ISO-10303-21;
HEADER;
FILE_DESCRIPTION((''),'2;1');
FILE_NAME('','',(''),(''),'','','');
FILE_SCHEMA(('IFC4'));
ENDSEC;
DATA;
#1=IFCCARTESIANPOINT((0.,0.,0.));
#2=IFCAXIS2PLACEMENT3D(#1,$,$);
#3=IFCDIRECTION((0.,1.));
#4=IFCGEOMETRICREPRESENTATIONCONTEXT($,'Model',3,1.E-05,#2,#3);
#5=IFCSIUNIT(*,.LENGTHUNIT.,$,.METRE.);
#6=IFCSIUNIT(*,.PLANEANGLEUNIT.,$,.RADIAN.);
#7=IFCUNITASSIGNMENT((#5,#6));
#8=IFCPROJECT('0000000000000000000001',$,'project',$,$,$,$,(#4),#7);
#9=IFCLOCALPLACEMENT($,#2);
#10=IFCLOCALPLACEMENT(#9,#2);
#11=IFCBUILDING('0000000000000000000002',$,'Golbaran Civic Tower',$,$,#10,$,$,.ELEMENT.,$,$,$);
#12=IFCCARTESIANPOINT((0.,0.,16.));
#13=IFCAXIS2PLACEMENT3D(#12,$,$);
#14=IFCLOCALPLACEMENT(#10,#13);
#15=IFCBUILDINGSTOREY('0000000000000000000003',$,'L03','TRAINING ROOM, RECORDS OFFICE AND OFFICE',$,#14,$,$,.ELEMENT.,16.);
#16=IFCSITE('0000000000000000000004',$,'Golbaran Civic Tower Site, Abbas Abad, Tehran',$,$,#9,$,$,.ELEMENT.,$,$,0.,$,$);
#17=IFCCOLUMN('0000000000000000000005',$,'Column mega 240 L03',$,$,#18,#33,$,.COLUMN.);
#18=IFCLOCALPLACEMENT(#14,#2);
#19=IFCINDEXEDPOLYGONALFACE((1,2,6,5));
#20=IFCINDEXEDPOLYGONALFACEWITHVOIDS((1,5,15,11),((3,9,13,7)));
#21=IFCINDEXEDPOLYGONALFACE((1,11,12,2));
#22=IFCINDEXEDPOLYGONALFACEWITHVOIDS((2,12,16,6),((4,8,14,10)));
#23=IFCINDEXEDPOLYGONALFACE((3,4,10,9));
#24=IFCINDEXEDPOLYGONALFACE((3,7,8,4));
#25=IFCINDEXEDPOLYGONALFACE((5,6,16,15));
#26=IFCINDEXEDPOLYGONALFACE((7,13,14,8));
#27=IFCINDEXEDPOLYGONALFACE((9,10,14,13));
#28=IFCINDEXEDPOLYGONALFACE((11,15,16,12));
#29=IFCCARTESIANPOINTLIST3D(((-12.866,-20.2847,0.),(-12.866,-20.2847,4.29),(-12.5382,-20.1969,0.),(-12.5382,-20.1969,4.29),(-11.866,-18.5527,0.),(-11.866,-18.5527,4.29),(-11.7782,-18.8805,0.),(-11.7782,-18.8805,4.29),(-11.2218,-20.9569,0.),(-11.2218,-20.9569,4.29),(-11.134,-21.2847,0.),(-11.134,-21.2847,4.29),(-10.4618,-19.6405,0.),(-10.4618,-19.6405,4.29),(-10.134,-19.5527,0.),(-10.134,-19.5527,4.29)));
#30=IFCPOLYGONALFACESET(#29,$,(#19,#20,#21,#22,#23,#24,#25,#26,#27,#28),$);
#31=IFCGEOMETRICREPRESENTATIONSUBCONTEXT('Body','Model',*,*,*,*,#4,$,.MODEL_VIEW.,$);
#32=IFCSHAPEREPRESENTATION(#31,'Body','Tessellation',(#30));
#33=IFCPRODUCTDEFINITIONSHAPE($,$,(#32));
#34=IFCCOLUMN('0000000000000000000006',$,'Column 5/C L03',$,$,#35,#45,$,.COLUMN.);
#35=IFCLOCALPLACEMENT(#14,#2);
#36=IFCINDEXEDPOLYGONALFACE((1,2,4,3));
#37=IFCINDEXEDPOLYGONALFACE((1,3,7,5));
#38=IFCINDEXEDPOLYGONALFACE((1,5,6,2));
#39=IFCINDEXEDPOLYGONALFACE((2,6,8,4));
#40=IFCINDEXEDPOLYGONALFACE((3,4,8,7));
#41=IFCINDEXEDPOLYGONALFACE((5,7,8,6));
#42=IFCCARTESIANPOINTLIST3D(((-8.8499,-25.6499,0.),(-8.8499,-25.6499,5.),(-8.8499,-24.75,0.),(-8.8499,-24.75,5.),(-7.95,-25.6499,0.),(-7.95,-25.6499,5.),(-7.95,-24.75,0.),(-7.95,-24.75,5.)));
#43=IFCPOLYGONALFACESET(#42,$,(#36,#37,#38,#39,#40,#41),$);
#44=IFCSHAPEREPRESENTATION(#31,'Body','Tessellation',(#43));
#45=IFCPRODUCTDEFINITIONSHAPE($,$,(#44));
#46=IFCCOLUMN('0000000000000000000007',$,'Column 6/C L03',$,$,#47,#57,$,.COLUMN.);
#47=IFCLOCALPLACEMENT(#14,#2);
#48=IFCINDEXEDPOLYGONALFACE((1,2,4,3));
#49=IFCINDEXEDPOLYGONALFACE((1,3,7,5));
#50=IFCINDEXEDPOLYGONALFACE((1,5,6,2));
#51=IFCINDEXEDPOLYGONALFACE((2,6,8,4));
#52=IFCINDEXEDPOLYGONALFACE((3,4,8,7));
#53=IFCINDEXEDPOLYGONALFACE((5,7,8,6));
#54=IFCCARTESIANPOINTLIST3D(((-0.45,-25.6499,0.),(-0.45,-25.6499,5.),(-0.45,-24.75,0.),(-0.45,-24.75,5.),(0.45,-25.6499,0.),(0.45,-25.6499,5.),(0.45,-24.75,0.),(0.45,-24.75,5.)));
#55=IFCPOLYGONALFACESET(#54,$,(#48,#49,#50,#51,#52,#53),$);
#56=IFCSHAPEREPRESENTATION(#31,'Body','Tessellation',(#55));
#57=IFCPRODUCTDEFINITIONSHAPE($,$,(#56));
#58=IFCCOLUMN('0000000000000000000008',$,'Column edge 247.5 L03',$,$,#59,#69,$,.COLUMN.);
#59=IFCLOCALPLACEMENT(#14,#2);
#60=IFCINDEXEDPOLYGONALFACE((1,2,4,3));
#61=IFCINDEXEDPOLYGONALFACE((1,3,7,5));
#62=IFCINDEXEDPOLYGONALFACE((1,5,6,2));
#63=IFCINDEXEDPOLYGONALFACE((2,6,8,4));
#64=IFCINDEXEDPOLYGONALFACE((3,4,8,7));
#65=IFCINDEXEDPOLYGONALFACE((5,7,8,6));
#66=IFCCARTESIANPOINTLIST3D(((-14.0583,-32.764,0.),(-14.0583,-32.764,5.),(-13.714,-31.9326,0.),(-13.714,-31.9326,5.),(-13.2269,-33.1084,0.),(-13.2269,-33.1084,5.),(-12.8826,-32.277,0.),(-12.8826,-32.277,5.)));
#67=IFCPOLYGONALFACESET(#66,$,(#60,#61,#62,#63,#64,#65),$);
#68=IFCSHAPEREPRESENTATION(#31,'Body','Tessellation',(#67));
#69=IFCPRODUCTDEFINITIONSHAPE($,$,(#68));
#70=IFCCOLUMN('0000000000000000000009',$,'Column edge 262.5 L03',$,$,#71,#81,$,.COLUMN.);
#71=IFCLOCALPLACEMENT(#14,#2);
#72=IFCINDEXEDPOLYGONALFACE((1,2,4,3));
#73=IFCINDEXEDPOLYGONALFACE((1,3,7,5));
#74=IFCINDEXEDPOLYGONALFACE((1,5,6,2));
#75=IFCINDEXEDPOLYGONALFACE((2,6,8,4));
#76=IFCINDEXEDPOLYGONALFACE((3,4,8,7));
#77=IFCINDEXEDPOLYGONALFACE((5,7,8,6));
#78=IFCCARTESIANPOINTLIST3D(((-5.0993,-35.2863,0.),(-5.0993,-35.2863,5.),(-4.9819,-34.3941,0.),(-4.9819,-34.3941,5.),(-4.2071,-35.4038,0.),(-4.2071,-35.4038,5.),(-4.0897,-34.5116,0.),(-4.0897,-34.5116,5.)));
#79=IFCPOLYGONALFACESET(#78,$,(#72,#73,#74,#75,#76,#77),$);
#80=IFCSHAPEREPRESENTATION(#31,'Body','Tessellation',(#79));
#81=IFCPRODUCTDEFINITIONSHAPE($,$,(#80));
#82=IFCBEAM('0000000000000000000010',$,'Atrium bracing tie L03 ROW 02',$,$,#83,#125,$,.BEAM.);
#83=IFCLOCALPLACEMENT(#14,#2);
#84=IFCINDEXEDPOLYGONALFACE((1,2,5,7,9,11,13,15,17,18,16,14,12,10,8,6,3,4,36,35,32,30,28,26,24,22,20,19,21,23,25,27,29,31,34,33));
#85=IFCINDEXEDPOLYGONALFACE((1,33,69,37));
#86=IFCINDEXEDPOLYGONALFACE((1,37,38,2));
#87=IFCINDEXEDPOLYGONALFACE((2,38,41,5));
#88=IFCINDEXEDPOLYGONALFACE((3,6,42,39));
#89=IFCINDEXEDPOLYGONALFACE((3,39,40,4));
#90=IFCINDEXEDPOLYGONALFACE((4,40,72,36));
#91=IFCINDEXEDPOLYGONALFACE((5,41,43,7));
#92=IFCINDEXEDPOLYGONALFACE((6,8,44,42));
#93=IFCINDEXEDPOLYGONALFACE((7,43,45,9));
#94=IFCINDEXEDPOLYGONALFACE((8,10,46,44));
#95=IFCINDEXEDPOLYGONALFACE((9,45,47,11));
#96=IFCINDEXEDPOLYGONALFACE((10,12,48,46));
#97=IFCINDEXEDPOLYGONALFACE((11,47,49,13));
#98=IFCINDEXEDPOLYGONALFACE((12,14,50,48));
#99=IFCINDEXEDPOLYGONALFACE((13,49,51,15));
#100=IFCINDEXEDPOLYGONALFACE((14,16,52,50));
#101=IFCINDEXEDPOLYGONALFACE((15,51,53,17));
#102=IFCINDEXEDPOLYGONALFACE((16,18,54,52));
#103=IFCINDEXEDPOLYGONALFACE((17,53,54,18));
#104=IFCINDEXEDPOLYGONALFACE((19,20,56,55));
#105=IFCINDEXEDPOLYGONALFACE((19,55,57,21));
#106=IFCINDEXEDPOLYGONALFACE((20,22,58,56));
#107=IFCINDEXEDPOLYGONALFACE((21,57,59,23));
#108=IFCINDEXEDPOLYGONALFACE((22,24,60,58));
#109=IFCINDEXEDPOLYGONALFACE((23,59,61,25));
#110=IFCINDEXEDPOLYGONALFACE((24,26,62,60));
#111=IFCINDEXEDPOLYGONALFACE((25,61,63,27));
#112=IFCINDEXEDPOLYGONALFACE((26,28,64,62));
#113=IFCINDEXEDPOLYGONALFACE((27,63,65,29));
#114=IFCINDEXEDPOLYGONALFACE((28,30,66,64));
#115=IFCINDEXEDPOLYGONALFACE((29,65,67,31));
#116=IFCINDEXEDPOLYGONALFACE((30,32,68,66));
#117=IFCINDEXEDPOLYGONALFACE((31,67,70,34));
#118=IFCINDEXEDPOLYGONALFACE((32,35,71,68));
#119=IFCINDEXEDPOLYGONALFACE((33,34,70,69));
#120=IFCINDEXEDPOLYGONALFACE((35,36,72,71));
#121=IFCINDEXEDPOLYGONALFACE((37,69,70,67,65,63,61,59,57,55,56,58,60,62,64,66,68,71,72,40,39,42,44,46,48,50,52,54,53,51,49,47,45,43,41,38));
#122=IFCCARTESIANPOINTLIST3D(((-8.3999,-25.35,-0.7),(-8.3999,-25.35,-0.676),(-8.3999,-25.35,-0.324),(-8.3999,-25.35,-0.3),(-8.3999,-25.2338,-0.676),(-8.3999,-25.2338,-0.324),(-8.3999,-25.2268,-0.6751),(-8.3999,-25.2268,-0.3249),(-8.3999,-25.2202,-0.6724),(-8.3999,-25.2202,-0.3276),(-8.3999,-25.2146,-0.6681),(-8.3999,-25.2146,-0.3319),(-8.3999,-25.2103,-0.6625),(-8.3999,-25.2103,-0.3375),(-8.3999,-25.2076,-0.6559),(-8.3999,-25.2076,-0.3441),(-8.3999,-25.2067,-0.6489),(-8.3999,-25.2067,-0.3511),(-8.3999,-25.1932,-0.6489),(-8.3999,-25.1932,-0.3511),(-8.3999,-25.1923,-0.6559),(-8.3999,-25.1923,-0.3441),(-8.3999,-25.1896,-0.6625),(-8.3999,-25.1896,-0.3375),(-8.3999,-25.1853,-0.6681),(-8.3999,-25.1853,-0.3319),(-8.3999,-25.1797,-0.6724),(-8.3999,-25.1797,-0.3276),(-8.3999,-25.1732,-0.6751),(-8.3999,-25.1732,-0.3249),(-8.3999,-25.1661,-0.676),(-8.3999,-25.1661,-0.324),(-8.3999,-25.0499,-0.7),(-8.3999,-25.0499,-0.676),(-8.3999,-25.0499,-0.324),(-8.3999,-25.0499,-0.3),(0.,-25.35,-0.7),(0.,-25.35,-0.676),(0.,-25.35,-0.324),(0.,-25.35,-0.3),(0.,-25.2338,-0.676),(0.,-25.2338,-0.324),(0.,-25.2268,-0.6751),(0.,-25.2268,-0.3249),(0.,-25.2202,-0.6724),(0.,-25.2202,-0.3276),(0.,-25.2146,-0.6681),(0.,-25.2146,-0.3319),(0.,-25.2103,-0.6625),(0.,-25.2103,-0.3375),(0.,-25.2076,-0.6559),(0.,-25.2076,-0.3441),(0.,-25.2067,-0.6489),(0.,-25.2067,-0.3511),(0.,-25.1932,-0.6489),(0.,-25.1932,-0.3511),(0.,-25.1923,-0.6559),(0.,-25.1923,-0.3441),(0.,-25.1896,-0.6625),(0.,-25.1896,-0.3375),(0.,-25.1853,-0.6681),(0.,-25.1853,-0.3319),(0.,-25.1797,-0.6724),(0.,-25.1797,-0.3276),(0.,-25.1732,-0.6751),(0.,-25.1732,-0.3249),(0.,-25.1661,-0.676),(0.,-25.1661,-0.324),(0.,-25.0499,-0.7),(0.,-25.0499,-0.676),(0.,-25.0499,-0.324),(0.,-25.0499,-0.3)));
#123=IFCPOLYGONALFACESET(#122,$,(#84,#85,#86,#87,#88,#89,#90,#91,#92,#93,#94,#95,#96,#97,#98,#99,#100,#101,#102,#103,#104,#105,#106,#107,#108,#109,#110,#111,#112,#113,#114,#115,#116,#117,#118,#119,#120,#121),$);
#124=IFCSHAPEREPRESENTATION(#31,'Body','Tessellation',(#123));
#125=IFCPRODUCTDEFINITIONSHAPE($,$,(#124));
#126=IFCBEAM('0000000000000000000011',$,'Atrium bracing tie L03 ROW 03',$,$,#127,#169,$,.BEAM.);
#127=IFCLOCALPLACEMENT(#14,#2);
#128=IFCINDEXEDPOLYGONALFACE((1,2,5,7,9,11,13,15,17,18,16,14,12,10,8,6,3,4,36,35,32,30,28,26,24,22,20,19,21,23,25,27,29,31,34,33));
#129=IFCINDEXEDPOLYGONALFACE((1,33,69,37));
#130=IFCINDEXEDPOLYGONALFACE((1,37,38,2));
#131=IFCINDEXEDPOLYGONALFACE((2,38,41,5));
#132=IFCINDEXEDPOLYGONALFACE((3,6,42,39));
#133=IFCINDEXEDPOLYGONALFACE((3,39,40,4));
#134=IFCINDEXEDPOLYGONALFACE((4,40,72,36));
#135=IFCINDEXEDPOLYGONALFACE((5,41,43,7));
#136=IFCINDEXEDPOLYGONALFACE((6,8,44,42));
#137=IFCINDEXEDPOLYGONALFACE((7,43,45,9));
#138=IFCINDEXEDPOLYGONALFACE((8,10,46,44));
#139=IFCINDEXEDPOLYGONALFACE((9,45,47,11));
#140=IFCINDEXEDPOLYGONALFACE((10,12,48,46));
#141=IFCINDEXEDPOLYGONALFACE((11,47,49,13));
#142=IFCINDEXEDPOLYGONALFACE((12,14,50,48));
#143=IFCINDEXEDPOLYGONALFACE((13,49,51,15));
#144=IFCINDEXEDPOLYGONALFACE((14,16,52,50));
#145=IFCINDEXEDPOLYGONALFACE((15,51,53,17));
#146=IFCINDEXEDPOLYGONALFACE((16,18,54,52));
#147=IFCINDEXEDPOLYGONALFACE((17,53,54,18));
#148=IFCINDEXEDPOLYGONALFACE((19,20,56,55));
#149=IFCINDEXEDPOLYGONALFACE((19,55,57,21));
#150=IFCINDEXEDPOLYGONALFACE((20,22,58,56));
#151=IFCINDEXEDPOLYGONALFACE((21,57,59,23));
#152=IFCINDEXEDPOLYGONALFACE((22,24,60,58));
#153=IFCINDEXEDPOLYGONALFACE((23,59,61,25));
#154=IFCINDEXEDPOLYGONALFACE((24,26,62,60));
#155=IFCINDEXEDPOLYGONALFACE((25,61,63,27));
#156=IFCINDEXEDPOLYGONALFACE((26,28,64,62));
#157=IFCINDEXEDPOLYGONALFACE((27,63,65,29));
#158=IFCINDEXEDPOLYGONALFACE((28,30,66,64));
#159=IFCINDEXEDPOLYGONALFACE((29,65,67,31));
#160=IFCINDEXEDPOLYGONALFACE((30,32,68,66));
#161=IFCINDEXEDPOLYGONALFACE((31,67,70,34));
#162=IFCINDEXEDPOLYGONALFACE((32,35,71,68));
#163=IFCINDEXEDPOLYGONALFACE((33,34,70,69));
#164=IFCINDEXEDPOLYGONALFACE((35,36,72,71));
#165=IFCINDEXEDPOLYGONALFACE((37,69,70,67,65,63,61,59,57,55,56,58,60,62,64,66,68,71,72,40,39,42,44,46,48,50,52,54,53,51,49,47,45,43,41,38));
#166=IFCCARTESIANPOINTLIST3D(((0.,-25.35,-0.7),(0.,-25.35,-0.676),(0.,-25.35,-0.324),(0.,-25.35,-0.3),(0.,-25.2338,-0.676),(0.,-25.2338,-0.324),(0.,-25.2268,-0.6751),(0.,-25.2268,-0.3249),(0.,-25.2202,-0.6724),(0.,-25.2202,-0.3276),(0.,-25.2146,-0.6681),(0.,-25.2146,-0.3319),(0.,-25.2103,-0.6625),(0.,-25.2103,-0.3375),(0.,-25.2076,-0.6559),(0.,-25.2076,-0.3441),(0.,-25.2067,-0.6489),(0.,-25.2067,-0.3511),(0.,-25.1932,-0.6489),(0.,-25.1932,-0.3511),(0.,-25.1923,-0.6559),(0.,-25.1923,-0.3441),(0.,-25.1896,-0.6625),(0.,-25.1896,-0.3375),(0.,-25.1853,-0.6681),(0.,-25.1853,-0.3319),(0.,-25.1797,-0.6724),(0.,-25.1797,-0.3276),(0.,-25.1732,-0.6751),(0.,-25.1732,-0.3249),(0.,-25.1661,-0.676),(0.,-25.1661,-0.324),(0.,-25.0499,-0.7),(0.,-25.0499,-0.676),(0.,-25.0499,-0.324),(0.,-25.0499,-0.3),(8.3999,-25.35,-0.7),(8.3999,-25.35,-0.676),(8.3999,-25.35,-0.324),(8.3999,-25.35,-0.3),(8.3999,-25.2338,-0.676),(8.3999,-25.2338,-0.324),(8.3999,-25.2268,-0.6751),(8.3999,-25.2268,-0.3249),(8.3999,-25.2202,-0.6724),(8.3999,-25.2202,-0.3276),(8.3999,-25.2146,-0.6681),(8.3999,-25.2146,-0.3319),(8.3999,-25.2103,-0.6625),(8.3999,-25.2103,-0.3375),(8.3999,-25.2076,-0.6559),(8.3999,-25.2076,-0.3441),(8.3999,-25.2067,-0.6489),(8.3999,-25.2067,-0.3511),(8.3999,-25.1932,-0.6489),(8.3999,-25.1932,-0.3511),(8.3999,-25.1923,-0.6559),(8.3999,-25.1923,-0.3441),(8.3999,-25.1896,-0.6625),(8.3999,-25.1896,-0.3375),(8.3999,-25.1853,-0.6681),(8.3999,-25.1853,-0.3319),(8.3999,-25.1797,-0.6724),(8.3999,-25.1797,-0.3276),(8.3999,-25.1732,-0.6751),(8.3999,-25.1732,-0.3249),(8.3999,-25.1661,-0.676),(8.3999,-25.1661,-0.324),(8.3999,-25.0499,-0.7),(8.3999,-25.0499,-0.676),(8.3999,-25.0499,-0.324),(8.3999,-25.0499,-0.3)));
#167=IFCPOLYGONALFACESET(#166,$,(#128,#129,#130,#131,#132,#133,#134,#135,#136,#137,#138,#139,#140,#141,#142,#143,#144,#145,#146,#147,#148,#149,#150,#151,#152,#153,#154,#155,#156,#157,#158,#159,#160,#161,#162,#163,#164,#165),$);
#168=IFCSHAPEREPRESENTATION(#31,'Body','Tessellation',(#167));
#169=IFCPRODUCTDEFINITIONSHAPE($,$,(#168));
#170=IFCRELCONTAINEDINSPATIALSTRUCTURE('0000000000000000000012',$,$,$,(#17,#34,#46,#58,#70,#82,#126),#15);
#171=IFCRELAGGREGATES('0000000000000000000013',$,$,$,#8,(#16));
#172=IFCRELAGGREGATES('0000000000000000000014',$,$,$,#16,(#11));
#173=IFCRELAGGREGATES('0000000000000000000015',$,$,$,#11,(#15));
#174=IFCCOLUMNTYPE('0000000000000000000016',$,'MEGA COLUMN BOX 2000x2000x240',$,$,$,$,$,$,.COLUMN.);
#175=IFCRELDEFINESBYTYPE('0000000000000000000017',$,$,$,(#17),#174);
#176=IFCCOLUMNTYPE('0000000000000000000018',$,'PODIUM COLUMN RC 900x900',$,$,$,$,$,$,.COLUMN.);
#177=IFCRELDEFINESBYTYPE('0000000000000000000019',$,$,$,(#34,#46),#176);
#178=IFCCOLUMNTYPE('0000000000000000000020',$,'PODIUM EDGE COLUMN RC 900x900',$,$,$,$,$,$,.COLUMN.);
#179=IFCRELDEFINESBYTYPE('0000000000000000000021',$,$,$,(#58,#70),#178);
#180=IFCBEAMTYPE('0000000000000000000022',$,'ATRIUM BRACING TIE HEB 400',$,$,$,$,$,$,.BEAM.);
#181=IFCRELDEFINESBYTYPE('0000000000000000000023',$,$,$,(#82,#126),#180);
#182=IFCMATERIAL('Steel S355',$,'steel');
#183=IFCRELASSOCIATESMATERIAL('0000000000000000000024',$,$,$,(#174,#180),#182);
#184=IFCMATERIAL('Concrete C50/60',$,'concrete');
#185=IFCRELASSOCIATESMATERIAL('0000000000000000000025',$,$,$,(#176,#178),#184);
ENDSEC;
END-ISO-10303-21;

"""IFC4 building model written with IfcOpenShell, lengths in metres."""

from ifc_helpers import new_model, si_unit, direction, frame, origin, origin_2d, place, context, subcontext, project, spatial, rectangle, hollow_rectangle, i_section, extrude, material, material_profile, profile_set, type_object, element, save


model = new_model("IFC4")

# Units and contexts
model_context = context("Model", 3, precision=1e-05, world=origin(), true_north=direction((0.0, 1.0)))
body_context = subcontext(model_context, "Body", "Model", "MODEL_VIEW")
ifc_project = project(units=[si_unit("LENGTHUNIT", "METRE"), si_unit("PLANEANGLEUNIT", "RADIAN")], contexts=[model_context])

# Site, building, storey
site_placement = place(None, origin())
site = spatial("IfcSite", under=ifc_project, at=site_placement, Name="Golbaran Civic Tower Site, Abbas Abad, Tehran", CompositionType="ELEMENT", RefElevation=0.0)
building_placement = place(site_placement, origin())
building = spatial("IfcBuilding", under=site, at=building_placement, Name="Golbaran Civic Tower", CompositionType="ELEMENT")
storey_placement = place(building_placement, frame((0.0, 0.0, 16.0)))
storey = spatial("IfcBuildingStorey", under=building, at=storey_placement, Name="L03", Description="TRAINING ROOM, RECORDS OFFICE AND OFFICE", CompositionType="ELEMENT", Elevation=16.0)

# Columns
ifc_material_1 = material(Name="Steel S355", Category="steel")
ifc_material_profile_1 = material_profile(ifc_material_1, hollow_rectangle(XDim=2.0, YDim=2.0, WallThickness=0.24, at=origin_2d()), Name="BOX 2000x2000x240")
ifc_profile_set_1 = profile_set([ifc_material_profile_1], Name="Steel S355")
column_type_1 = type_object("IfcColumnType", Name="MEGA COLUMN BOX 2000x2000x240", PredefinedType="COLUMN", material=ifc_profile_set_1)
column_placement = place(storey_placement, frame((-11.5, -19.9187, 0.0), z_axis=(0.0, 0.0, 1.0), x_axis=(-0.5, -0.866025, 0.0)))
element("IfcColumn", 1, at=column_placement, inside=storey, type_object=column_type_1, Name="Column mega 240 L03", PredefinedType="COLUMN", context=body_context, shape_type="SweptSolid", body=[
    extrude(hollow_rectangle(XDim=2.0, YDim=2.0, WallThickness=0.24, at=origin_2d()), origin(), (0.0, 0.0, 1.0), 4.29),
])
ifc_material_2 = material(Name="Concrete C50/60", Category="concrete")
ifc_material_profile_2 = material_profile(ifc_material_2, rectangle(XDim=0.8999, YDim=0.8999, at=origin_2d()), Name="RC 900x900")
ifc_profile_set_2 = profile_set([ifc_material_profile_2], Name="Concrete C50/60")
column_type_2 = type_object("IfcColumnType", Name="PODIUM COLUMN RC 900x900", PredefinedType="COLUMN", material=ifc_profile_set_2)
for number, where, z_axis, x_axis, name in (
    (2, (-8.3999, -25.2, 0.0), (0.0, 0.0, 1.0), (1.0, 0.0, 0.0), "Column 5/C L03"),
    (3, (0.0, -25.2, 0.0), (0.0, 0.0, 1.0), (1.0, 0.0, 0.0), "Column 6/C L03"),
):
    element("IfcColumn", number, at=place(storey_placement, frame(where, z_axis=z_axis, x_axis=x_axis)), inside=storey, type_object=column_type_2, Name=name, PredefinedType="COLUMN", context=body_context, shape_type="SweptSolid", body=[
        extrude(rectangle(XDim=0.8999, YDim=0.8999, at=origin_2d()), origin(), (0.0, 0.0, 1.0), 5.0),
    ])
ifc_material_profile_3 = material_profile(ifc_material_2, rectangle(XDim=0.8999, YDim=0.8999, at=origin_2d()), Name="RC 900x900")
ifc_profile_set_3 = profile_set([ifc_material_profile_3], Name="Concrete C50/60")
column_type_3 = type_object("IfcColumnType", Name="PODIUM EDGE COLUMN RC 900x900", PredefinedType="COLUMN", material=ifc_profile_set_3)
for number, where, z_axis, x_axis, name in (
    (4, (-13.4705, -32.5205, 0.0), (0.0, 0.0, 1.0), (-0.382683, -0.92388, 0.0), "Column edge 247.5 L03"),
    (5, (-4.5945, -34.8989, 0.0), (0.0, 0.0, 1.0), (-0.130526, -0.991445, 0.0), "Column edge 262.5 L03"),
):
    element("IfcColumn", number, at=place(storey_placement, frame(where, z_axis=z_axis, x_axis=x_axis)), inside=storey, type_object=column_type_3, Name=name, PredefinedType="COLUMN", context=body_context, shape_type="SweptSolid", body=[
        extrude(rectangle(XDim=0.8999, YDim=0.8999, at=origin_2d()), origin(), (0.0, 0.0, 1.0), 5.0),
    ])

# Beams
ifc_material_profile_4 = material_profile(ifc_material_1, i_section(OverallWidth=0.3, OverallDepth=0.3999, WebThickness=0.0134, FlangeThickness=0.0239, FilletRadius=0.0271, at=origin_2d()), Name="HEB 400")
ifc_profile_set_4 = profile_set([ifc_material_profile_4], Name="Steel S355")
beam_type_1 = type_object("IfcBeamType", Name="ATRIUM BRACING TIE HEB 400", PredefinedType="BEAM", material=ifc_profile_set_4)
for number, where, z_axis, x_axis, name in (
    (6, (-8.3999, -25.2, -0.5), (1.0, 0.0, 0.0), (0.0, 1.0, 0.0), "Atrium bracing tie L03 ROW 02"),
    (7, (0.0, -25.2, -0.5), (1.0, 0.0, 0.0), (0.0, 1.0, 0.0), "Atrium bracing tie L03 ROW 03"),
):
    element("IfcBeam", number, at=place(storey_placement, frame(where, z_axis=z_axis, x_axis=x_axis)), inside=storey, type_object=beam_type_1, Name=name, PredefinedType="BEAM", context=body_context, shape_type="SweptSolid", body=[
        extrude(i_section(OverallWidth=0.3, OverallDepth=0.3999, WebThickness=0.0134, FlangeThickness=0.0239, FilletRadius=0.0271, at=origin_2d()), origin(), (0.0, 0.0, 1.0), 8.3999),
    ])

save(model, "model.ifc")
